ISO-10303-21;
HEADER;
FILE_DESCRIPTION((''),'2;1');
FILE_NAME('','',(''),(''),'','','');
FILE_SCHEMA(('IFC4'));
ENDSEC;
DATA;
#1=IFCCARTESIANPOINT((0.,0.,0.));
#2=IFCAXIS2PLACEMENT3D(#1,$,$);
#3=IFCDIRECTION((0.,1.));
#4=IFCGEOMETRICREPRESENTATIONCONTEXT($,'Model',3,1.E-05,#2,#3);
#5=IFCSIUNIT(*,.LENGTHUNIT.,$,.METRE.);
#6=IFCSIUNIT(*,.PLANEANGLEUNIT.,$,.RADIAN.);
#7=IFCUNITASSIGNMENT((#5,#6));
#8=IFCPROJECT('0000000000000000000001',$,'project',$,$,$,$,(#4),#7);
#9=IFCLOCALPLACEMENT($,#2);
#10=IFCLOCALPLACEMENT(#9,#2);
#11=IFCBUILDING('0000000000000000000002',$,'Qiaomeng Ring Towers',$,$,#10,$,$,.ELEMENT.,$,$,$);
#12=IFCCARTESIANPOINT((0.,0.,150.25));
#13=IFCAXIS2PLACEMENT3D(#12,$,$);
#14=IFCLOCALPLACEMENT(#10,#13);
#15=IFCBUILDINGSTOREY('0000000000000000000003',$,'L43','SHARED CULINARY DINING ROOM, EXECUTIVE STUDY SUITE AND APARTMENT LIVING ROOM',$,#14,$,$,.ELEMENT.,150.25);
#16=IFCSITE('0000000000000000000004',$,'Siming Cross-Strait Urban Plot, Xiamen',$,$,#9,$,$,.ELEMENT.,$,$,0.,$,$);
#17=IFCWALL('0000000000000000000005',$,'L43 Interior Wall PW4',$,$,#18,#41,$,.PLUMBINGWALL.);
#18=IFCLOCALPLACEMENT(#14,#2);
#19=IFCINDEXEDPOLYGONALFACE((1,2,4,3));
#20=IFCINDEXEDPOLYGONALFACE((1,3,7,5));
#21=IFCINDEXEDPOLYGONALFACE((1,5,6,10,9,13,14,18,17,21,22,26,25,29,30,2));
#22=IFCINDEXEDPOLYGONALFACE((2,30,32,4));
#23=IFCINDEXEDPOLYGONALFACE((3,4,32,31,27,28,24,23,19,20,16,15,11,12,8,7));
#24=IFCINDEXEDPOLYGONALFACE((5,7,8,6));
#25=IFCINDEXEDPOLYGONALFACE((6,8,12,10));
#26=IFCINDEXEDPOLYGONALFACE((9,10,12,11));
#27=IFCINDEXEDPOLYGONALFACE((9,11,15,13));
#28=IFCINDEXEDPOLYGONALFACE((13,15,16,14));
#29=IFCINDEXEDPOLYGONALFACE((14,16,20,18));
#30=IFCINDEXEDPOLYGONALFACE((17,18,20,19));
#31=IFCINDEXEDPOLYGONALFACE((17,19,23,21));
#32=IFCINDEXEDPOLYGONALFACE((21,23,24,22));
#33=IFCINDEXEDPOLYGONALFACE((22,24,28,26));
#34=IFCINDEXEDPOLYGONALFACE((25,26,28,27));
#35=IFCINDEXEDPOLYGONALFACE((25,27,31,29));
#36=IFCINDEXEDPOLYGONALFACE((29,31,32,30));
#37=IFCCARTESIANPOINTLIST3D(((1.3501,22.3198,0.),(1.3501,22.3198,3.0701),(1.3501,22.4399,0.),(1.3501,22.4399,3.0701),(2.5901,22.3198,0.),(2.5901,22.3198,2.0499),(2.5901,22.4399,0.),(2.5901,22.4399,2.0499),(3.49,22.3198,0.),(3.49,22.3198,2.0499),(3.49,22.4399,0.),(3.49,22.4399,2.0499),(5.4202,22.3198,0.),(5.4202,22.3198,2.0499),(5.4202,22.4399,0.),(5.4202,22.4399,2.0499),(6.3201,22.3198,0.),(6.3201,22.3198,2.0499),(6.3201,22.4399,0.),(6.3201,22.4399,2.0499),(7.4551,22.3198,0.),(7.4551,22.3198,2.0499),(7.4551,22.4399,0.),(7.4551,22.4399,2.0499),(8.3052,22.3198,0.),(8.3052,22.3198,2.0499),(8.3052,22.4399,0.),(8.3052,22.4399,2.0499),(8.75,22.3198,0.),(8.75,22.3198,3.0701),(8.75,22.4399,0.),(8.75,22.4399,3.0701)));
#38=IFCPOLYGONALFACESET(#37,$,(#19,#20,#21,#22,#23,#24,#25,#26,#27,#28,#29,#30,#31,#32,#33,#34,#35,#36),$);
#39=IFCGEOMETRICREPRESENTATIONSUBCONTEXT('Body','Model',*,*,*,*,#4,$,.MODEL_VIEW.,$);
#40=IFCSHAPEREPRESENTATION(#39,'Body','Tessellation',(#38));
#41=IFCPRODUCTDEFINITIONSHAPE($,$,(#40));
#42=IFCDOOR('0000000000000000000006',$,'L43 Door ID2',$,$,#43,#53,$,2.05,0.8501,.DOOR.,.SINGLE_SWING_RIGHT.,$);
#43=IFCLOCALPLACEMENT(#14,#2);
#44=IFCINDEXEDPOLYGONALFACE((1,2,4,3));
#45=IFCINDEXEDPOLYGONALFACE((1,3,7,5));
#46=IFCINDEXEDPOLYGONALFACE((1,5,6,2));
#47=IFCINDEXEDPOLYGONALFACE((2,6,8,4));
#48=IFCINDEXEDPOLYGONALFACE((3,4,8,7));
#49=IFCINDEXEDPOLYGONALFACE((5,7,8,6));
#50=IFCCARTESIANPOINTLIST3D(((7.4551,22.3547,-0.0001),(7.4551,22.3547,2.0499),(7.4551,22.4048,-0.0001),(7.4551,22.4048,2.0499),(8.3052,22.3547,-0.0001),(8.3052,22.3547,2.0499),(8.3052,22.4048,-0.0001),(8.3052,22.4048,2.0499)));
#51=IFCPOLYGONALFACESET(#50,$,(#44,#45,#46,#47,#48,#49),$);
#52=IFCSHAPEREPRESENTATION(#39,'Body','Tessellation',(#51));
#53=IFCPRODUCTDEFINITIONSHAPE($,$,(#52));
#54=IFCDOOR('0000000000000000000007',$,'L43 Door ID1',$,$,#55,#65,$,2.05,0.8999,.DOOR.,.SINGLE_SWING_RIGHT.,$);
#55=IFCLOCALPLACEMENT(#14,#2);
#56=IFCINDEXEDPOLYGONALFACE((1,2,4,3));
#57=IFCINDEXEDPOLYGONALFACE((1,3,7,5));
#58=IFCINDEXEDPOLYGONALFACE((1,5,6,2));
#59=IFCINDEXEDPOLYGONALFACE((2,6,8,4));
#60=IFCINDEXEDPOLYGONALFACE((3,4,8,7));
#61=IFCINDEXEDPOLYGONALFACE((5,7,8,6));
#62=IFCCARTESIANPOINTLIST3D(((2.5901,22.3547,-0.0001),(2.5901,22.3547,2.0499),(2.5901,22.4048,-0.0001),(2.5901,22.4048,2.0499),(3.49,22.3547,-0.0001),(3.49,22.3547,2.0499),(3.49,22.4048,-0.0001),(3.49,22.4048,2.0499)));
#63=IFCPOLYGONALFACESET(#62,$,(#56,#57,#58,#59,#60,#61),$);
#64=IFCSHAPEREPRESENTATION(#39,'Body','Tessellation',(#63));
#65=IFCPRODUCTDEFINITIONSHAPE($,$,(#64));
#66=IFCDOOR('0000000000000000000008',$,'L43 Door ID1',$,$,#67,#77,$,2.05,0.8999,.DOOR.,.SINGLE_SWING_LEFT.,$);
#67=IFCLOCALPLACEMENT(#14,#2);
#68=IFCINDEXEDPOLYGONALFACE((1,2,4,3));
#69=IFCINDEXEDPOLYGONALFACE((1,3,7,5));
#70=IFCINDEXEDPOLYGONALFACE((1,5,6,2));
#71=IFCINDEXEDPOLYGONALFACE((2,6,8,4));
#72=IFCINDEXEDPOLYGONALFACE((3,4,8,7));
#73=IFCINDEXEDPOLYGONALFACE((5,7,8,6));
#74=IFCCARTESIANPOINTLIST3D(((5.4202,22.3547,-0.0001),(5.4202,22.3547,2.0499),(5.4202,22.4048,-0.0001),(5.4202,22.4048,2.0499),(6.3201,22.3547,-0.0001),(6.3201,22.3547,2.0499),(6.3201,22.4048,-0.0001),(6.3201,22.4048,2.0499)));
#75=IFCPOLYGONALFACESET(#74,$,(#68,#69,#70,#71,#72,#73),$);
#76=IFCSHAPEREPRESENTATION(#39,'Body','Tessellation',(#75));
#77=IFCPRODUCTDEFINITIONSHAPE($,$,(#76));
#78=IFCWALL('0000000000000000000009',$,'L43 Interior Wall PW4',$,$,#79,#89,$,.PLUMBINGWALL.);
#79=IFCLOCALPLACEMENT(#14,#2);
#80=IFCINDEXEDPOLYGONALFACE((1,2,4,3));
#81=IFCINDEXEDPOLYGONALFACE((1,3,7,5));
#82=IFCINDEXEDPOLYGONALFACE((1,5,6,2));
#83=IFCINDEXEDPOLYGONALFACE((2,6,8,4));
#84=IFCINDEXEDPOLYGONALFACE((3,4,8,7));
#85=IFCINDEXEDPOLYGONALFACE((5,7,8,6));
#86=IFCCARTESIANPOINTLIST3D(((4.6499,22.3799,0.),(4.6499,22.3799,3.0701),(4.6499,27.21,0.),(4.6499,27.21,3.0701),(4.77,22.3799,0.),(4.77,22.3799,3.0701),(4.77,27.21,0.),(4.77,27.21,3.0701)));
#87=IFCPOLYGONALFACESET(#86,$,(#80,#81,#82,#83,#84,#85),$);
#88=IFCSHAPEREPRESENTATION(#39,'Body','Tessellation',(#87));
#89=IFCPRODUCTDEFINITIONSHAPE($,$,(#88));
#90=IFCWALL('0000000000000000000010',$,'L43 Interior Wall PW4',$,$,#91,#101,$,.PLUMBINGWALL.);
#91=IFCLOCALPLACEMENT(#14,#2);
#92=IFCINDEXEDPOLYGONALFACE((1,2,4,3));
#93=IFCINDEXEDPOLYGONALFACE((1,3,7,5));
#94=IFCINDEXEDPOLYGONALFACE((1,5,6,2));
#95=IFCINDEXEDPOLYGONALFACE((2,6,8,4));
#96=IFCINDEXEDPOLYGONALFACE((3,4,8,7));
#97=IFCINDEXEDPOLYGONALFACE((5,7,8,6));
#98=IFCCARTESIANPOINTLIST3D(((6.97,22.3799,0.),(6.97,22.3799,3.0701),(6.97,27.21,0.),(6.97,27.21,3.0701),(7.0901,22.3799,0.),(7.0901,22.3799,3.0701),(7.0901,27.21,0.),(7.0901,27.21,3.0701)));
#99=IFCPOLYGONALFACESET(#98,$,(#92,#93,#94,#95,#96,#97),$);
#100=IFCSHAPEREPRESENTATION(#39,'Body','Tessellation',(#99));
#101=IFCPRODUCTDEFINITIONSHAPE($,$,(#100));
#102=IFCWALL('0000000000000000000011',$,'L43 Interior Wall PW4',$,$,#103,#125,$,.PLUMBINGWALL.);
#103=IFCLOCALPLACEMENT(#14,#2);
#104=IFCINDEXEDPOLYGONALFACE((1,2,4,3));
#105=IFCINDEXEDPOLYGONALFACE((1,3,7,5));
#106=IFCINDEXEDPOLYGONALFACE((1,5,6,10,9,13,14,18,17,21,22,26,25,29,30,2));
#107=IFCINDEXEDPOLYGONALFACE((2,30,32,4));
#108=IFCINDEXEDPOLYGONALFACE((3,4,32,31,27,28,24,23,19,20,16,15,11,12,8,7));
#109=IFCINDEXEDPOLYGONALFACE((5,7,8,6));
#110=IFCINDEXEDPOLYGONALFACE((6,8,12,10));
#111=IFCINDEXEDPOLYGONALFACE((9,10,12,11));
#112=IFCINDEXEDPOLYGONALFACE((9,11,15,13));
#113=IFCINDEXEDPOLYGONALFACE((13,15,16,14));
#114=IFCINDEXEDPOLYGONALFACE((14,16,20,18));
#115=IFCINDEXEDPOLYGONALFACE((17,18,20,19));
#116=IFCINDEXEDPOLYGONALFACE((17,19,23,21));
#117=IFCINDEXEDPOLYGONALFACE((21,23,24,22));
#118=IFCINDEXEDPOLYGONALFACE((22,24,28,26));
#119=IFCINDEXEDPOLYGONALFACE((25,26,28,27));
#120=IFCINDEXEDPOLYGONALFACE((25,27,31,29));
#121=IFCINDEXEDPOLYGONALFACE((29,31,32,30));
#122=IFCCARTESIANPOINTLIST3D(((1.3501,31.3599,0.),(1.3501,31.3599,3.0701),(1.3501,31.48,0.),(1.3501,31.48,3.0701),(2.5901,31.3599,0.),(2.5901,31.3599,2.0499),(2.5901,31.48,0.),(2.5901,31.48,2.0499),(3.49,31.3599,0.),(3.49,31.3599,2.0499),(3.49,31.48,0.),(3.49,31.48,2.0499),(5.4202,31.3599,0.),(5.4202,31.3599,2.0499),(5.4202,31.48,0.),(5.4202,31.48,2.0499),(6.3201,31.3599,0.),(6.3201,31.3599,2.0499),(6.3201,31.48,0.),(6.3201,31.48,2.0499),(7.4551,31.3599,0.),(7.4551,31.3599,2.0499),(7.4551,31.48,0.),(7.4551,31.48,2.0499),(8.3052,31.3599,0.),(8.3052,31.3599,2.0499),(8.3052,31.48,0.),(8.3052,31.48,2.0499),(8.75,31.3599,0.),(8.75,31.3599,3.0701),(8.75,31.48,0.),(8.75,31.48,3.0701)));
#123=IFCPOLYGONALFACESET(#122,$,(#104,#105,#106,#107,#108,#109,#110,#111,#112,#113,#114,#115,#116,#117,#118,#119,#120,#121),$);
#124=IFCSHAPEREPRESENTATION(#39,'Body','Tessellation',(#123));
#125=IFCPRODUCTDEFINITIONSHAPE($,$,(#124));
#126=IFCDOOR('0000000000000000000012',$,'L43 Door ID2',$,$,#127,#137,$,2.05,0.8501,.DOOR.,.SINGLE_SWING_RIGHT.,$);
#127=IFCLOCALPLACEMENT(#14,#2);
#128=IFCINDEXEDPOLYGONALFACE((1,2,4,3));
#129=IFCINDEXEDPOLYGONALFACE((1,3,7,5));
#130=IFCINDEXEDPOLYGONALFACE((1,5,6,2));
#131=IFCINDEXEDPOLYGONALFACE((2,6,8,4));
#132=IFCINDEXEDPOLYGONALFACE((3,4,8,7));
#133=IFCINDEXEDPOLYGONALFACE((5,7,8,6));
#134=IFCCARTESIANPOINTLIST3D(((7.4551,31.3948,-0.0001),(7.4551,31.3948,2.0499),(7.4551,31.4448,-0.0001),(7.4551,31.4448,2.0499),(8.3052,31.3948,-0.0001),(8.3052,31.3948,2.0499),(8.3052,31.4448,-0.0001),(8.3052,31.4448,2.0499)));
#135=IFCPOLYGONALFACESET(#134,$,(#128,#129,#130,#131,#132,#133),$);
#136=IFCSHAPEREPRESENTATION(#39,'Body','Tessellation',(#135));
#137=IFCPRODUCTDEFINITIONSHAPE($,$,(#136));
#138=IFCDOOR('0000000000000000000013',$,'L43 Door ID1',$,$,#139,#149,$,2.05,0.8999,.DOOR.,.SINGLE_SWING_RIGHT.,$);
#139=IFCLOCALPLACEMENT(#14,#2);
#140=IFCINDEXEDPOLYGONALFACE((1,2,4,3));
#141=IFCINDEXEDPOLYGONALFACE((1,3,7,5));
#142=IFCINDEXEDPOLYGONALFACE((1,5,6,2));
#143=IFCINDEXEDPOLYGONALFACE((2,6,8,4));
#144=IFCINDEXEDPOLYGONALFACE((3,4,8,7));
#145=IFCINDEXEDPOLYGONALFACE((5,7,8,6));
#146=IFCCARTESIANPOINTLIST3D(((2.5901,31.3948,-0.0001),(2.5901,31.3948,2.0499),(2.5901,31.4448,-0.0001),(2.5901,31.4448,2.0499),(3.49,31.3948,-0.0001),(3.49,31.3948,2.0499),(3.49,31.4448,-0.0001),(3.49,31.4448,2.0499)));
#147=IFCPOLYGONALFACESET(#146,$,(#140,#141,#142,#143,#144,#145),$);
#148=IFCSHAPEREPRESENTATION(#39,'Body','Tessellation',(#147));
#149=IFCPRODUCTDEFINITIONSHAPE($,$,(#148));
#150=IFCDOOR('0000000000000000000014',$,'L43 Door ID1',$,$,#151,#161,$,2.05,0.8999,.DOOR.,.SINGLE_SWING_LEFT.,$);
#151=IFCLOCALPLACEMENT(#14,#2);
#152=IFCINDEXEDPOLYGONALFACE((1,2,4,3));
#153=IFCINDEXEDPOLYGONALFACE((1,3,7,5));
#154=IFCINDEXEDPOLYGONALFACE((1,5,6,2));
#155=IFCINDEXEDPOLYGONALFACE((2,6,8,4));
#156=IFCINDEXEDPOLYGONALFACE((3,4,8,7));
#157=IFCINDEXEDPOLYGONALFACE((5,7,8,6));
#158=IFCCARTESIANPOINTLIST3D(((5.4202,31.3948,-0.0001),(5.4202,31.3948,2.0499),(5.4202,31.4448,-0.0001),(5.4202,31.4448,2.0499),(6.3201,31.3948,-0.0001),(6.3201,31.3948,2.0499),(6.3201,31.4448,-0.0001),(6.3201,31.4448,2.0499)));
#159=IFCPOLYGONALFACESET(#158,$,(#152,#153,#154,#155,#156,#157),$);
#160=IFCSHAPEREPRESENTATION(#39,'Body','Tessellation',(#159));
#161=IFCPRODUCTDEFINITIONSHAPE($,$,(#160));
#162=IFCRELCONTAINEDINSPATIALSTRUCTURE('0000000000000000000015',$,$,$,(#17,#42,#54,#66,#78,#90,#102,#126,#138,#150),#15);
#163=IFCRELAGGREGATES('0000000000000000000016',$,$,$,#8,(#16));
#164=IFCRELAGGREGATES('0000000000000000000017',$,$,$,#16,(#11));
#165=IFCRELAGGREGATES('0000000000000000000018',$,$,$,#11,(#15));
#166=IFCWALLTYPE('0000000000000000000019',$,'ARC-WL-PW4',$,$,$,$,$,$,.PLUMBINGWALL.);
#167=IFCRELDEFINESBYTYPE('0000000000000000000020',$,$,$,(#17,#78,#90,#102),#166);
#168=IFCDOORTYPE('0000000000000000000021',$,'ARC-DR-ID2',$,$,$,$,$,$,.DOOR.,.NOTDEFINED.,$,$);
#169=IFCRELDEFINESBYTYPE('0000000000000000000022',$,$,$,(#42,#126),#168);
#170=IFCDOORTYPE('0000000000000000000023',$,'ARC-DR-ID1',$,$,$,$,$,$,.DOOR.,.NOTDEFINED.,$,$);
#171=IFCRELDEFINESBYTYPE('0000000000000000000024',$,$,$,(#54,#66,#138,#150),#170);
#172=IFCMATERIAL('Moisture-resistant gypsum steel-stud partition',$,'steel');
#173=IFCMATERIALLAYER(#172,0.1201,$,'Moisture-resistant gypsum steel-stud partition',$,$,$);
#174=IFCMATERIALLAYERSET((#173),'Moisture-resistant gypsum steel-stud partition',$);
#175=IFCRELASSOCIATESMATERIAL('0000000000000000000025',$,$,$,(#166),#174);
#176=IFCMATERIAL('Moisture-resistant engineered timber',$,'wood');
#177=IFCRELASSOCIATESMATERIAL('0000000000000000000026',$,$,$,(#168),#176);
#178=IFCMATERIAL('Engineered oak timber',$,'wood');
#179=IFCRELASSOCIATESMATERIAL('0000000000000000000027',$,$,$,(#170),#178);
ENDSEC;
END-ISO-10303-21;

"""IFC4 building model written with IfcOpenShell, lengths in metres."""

from ifc_helpers import new_model, si_unit, direction, frame, frame_2d, origin, place, context, subcontext, project, spatial, rectangle, extrude, source, transform, mapped, material, layer, layer_set, type_object, element, fill, save


model = new_model("IFC4")

# Units and contexts
model_context = context("Model", 3, precision=1e-05, world=origin(), true_north=direction((0.0, 1.0)))
body_context = subcontext(model_context, "Body", "Model", "MODEL_VIEW")
ifc_project = project(units=[si_unit("LENGTHUNIT", "METRE"), si_unit("PLANEANGLEUNIT", "RADIAN")], contexts=[model_context])

# Site, building, storey
site_placement = place(None, origin())
site = spatial("IfcSite", under=ifc_project, at=site_placement, Name="Siming Cross-Strait Urban Plot, Xiamen", CompositionType="ELEMENT", RefElevation=0.0)
building_placement = place(site_placement, origin())
building = spatial("IfcBuilding", under=site, at=building_placement, Name="Qiaomeng Ring Towers", CompositionType="ELEMENT")
storey_placement = place(building_placement, frame((0.0, 0.0, 150.25)))
storey = spatial("IfcBuildingStorey", under=building, at=storey_placement, Name="L43", Description="SHARED CULINARY DINING ROOM, EXECUTIVE STUDY SUITE AND APARTMENT LIVING ROOM", CompositionType="ELEMENT", Elevation=150.25)

# Wall, openings, doors
ifc_material_1 = material(Name="Moisture-resistant gypsum steel-stud partition", Category="steel")
ifc_layer_1 = layer(ifc_material_1, 0.1201, Name="Moisture-resistant gypsum steel-stud partition")
ifc_layer_set_1 = layer_set([ifc_layer_1], Name="Moisture-resistant gypsum steel-stud partition")
wall_type_1 = type_object("IfcWallType", Name="ARC-WL-PW4", PredefinedType="PLUMBINGWALL", material=ifc_layer_set_1)
wall_1_placement = place(storey_placement, frame((1.3501, 22.3799, 0.0), z_axis=(0.0, 0.0, 1.0), x_axis=(1.0, 0.0, 0.0)))
wall_1 = element("IfcWall", 1, at=wall_1_placement, inside=storey, type_object=wall_type_1, Name="L43 Interior Wall PW4", PredefinedType="PLUMBINGWALL", context=body_context, shape_type="SweptSolid", body=[
    extrude(rectangle(XDim=7.3999, YDim=0.1201, at=frame_2d((3.7, 0.0))), origin(), (0.0, 0.0, 1.0), 3.0701),
])
opening_1_placement = place(wall_1_placement, frame((1.24, 0.0, 0.0)))
opening_1 = element("IfcOpeningElement", 2, at=opening_1_placement, cuts=wall_1, PredefinedType="OPENING", context=body_context, shape_type="SweptSolid", body=[
    extrude(rectangle(XDim=0.8999, YDim=2.05, at=frame_2d((0.45, 1.0249))), frame((0.0, 0.0701, 0.0), z_axis=(0.0, -1.0, 0.0), x_axis=(1.0, 0.0, 0.0)), (0.0, 0.0, 1.0), 0.1401),
])
opening_2_placement = place(wall_1_placement, frame((4.0701, 0.0, 0.0)))
opening_2 = element("IfcOpeningElement", 3, at=opening_2_placement, cuts=wall_1, PredefinedType="OPENING", context=body_context, shape_type="SweptSolid", body=[
    extrude(rectangle(XDim=0.8999, YDim=2.05, at=frame_2d((0.45, 1.0249))), frame((0.0, 0.0701, 0.0), z_axis=(0.0, -1.0, 0.0), x_axis=(1.0, 0.0, 0.0)), (0.0, 0.0, 1.0), 0.1401),
])
opening_3_placement = place(wall_1_placement, frame((6.105, 0.0, 0.0)))
opening_3 = element("IfcOpeningElement", 4, at=opening_3_placement, cuts=wall_1, PredefinedType="OPENING", context=body_context, shape_type="SweptSolid", body=[
    extrude(rectangle(XDim=0.8501, YDim=2.05, at=frame_2d((0.425, 1.0249))), frame((0.0, 0.0701, 0.0), z_axis=(0.0, -1.0, 0.0), x_axis=(1.0, 0.0, 0.0)), (0.0, 0.0, 1.0), 0.1401),
])
ifc_material_2 = material(Name="Moisture-resistant engineered timber", Category="wood")
door_type_1 = type_object("IfcDoorType", Name="ARC-DR-ID2", OperationType="NOTDEFINED", PredefinedType="DOOR", material=ifc_material_2)
shared_shape_1 = source(origin(), body_context, "Body", "SweptSolid", [
    extrude(rectangle(XDim=0.8501, YDim=2.05, at=frame_2d((0.425, 1.0249))), frame((0.0, 0.0249, 0.0), z_axis=(0.0, -1.0, 0.0), x_axis=(1.0, 0.0, 0.0)), (0.0, 0.0, 1.0), 0.05),
])
door_1_placement = place(opening_3_placement, origin())
door_1 = element("IfcDoor", 5, at=door_1_placement, inside=storey, type_object=door_type_1, Name="L43 Door ID2", OperationType="SINGLE_SWING_RIGHT", OverallHeight=2.05, OverallWidth=0.8501, PredefinedType="DOOR", context=body_context, shape_type="MappedRepresentation", body=[
    mapped(shared_shape_1, transform((0.0, 0.0, 0.0), x_axis=(1.0, 0.0, 0.0), y_axis=(0.0, 1.0, 0.0), z_axis=(0.0, 0.0, 1.0), scale=1.0)),
])
fill(opening_3, door_1)
ifc_material_3 = material(Name="Engineered oak timber", Category="wood")
door_type_2 = type_object("IfcDoorType", Name="ARC-DR-ID1", OperationType="NOTDEFINED", PredefinedType="DOOR", material=ifc_material_3)
shared_shape_2 = source(origin(), body_context, "Body", "SweptSolid", [
    extrude(rectangle(XDim=0.8999, YDim=2.05, at=frame_2d((0.45, 1.0249))), frame((0.0, 0.0249, 0.0), z_axis=(0.0, -1.0, 0.0), x_axis=(1.0, 0.0, 0.0)), (0.0, 0.0, 1.0), 0.05),
])
door_2_placement = place(opening_1_placement, origin())
door_2 = element("IfcDoor", 6, at=door_2_placement, inside=storey, type_object=door_type_2, Name="L43 Door ID1", OperationType="SINGLE_SWING_RIGHT", OverallHeight=2.05, OverallWidth=0.8999, PredefinedType="DOOR", context=body_context, shape_type="MappedRepresentation", body=[
    mapped(shared_shape_2, transform((0.0, 0.0, 0.0), x_axis=(1.0, 0.0, 0.0), y_axis=(0.0, 1.0, 0.0), z_axis=(0.0, 0.0, 1.0), scale=1.0)),
])
fill(opening_1, door_2)
door_3_placement = place(opening_2_placement, origin())
door_3 = element("IfcDoor", 7, at=door_3_placement, inside=storey, type_object=door_type_2, Name="L43 Door ID1", OperationType="SINGLE_SWING_LEFT", OverallHeight=2.05, OverallWidth=0.8999, PredefinedType="DOOR", context=body_context, shape_type="MappedRepresentation", body=[
    mapped(shared_shape_2, transform((0.0, 0.0, 0.0), x_axis=(1.0, 0.0, 0.0), y_axis=(0.0, 1.0, 0.0), z_axis=(0.0, 0.0, 1.0), scale=1.0)),
])
fill(opening_2, door_3)

# Walls
for number, where, z_axis, x_axis, name in (
    (8, (4.71, 22.3799, 0.0), (0.0, 0.0, 1.0), (0.0, 1.0, 0.0), "L43 Interior Wall PW4"),
    (9, (7.03, 22.3799, 0.0), (0.0, 0.0, 1.0), (0.0, 1.0, 0.0), "L43 Interior Wall PW4"),
):
    element("IfcWall", number, at=place(storey_placement, frame(where, z_axis=z_axis, x_axis=x_axis)), inside=storey, type_object=wall_type_1, Name=name, PredefinedType="PLUMBINGWALL", context=body_context, shape_type="SweptSolid", body=[
        extrude(rectangle(XDim=4.8301, YDim=0.1201, at=frame_2d((2.415, 0.0))), origin(), (0.0, 0.0, 1.0), 3.0701),
    ])

# Wall, openings, doors
wall_2_placement = place(storey_placement, frame((1.3501, 31.4199, 0.0), z_axis=(0.0, 0.0, 1.0), x_axis=(1.0, 0.0, 0.0)))
wall_2 = element("IfcWall", 10, at=wall_2_placement, inside=storey, type_object=wall_type_1, Name="L43 Interior Wall PW4", PredefinedType="PLUMBINGWALL", context=body_context, shape_type="SweptSolid", body=[
    extrude(rectangle(XDim=7.3999, YDim=0.1201, at=frame_2d((3.7, 0.0))), origin(), (0.0, 0.0, 1.0), 3.0701),
])
opening_4_placement = place(wall_2_placement, frame((1.24, 0.0, 0.0)))
opening_4 = element("IfcOpeningElement", 11, at=opening_4_placement, cuts=wall_2, PredefinedType="OPENING", context=body_context, shape_type="SweptSolid", body=[
    extrude(rectangle(XDim=0.8999, YDim=2.05, at=frame_2d((0.45, 1.0249))), frame((0.0, 0.0701, 0.0), z_axis=(0.0, -1.0, 0.0), x_axis=(1.0, 0.0, 0.0)), (0.0, 0.0, 1.0), 0.1401),
])
opening_5_placement = place(wall_2_placement, frame((4.0701, 0.0, 0.0)))
opening_5 = element("IfcOpeningElement", 12, at=opening_5_placement, cuts=wall_2, PredefinedType="OPENING", context=body_context, shape_type="SweptSolid", body=[
    extrude(rectangle(XDim=0.8999, YDim=2.05, at=frame_2d((0.45, 1.0249))), frame((0.0, 0.0701, 0.0), z_axis=(0.0, -1.0, 0.0), x_axis=(1.0, 0.0, 0.0)), (0.0, 0.0, 1.0), 0.1401),
])
opening_6_placement = place(wall_2_placement, frame((6.105, 0.0, 0.0)))
opening_6 = element("IfcOpeningElement", 13, at=opening_6_placement, cuts=wall_2, PredefinedType="OPENING", context=body_context, shape_type="SweptSolid", body=[
    extrude(rectangle(XDim=0.8501, YDim=2.05, at=frame_2d((0.425, 1.0249))), frame((0.0, 0.0701, 0.0), z_axis=(0.0, -1.0, 0.0), x_axis=(1.0, 0.0, 0.0)), (0.0, 0.0, 1.0), 0.1401),
])
door_4_placement = place(opening_6_placement, origin())
door_4 = element("IfcDoor", 14, at=door_4_placement, inside=storey, type_object=door_type_1, Name="L43 Door ID2", OperationType="SINGLE_SWING_RIGHT", OverallHeight=2.05, OverallWidth=0.8501, PredefinedType="DOOR", context=body_context, shape_type="MappedRepresentation", body=[
    mapped(shared_shape_1, transform((0.0, 0.0, 0.0), x_axis=(1.0, 0.0, 0.0), y_axis=(0.0, 1.0, 0.0), z_axis=(0.0, 0.0, 1.0), scale=1.0)),
])
fill(opening_6, door_4)
door_5_placement = place(opening_4_placement, origin())
door_5 = element("IfcDoor", 15, at=door_5_placement, inside=storey, type_object=door_type_2, Name="L43 Door ID1", OperationType="SINGLE_SWING_RIGHT", OverallHeight=2.05, OverallWidth=0.8999, PredefinedType="DOOR", context=body_context, shape_type="MappedRepresentation", body=[
    mapped(shared_shape_2, transform((0.0, 0.0, 0.0), x_axis=(1.0, 0.0, 0.0), y_axis=(0.0, 1.0, 0.0), z_axis=(0.0, 0.0, 1.0), scale=1.0)),
])
fill(opening_4, door_5)
door_6_placement = place(opening_5_placement, origin())
door_6 = element("IfcDoor", 16, at=door_6_placement, inside=storey, type_object=door_type_2, Name="L43 Door ID1", OperationType="SINGLE_SWING_LEFT", OverallHeight=2.05, OverallWidth=0.8999, PredefinedType="DOOR", context=body_context, shape_type="MappedRepresentation", body=[
    mapped(shared_shape_2, transform((0.0, 0.0, 0.0), x_axis=(1.0, 0.0, 0.0), y_axis=(0.0, 1.0, 0.0), z_axis=(0.0, 0.0, 1.0), scale=1.0)),
])
fill(opening_5, door_6)

save(model, "model.ifc")
